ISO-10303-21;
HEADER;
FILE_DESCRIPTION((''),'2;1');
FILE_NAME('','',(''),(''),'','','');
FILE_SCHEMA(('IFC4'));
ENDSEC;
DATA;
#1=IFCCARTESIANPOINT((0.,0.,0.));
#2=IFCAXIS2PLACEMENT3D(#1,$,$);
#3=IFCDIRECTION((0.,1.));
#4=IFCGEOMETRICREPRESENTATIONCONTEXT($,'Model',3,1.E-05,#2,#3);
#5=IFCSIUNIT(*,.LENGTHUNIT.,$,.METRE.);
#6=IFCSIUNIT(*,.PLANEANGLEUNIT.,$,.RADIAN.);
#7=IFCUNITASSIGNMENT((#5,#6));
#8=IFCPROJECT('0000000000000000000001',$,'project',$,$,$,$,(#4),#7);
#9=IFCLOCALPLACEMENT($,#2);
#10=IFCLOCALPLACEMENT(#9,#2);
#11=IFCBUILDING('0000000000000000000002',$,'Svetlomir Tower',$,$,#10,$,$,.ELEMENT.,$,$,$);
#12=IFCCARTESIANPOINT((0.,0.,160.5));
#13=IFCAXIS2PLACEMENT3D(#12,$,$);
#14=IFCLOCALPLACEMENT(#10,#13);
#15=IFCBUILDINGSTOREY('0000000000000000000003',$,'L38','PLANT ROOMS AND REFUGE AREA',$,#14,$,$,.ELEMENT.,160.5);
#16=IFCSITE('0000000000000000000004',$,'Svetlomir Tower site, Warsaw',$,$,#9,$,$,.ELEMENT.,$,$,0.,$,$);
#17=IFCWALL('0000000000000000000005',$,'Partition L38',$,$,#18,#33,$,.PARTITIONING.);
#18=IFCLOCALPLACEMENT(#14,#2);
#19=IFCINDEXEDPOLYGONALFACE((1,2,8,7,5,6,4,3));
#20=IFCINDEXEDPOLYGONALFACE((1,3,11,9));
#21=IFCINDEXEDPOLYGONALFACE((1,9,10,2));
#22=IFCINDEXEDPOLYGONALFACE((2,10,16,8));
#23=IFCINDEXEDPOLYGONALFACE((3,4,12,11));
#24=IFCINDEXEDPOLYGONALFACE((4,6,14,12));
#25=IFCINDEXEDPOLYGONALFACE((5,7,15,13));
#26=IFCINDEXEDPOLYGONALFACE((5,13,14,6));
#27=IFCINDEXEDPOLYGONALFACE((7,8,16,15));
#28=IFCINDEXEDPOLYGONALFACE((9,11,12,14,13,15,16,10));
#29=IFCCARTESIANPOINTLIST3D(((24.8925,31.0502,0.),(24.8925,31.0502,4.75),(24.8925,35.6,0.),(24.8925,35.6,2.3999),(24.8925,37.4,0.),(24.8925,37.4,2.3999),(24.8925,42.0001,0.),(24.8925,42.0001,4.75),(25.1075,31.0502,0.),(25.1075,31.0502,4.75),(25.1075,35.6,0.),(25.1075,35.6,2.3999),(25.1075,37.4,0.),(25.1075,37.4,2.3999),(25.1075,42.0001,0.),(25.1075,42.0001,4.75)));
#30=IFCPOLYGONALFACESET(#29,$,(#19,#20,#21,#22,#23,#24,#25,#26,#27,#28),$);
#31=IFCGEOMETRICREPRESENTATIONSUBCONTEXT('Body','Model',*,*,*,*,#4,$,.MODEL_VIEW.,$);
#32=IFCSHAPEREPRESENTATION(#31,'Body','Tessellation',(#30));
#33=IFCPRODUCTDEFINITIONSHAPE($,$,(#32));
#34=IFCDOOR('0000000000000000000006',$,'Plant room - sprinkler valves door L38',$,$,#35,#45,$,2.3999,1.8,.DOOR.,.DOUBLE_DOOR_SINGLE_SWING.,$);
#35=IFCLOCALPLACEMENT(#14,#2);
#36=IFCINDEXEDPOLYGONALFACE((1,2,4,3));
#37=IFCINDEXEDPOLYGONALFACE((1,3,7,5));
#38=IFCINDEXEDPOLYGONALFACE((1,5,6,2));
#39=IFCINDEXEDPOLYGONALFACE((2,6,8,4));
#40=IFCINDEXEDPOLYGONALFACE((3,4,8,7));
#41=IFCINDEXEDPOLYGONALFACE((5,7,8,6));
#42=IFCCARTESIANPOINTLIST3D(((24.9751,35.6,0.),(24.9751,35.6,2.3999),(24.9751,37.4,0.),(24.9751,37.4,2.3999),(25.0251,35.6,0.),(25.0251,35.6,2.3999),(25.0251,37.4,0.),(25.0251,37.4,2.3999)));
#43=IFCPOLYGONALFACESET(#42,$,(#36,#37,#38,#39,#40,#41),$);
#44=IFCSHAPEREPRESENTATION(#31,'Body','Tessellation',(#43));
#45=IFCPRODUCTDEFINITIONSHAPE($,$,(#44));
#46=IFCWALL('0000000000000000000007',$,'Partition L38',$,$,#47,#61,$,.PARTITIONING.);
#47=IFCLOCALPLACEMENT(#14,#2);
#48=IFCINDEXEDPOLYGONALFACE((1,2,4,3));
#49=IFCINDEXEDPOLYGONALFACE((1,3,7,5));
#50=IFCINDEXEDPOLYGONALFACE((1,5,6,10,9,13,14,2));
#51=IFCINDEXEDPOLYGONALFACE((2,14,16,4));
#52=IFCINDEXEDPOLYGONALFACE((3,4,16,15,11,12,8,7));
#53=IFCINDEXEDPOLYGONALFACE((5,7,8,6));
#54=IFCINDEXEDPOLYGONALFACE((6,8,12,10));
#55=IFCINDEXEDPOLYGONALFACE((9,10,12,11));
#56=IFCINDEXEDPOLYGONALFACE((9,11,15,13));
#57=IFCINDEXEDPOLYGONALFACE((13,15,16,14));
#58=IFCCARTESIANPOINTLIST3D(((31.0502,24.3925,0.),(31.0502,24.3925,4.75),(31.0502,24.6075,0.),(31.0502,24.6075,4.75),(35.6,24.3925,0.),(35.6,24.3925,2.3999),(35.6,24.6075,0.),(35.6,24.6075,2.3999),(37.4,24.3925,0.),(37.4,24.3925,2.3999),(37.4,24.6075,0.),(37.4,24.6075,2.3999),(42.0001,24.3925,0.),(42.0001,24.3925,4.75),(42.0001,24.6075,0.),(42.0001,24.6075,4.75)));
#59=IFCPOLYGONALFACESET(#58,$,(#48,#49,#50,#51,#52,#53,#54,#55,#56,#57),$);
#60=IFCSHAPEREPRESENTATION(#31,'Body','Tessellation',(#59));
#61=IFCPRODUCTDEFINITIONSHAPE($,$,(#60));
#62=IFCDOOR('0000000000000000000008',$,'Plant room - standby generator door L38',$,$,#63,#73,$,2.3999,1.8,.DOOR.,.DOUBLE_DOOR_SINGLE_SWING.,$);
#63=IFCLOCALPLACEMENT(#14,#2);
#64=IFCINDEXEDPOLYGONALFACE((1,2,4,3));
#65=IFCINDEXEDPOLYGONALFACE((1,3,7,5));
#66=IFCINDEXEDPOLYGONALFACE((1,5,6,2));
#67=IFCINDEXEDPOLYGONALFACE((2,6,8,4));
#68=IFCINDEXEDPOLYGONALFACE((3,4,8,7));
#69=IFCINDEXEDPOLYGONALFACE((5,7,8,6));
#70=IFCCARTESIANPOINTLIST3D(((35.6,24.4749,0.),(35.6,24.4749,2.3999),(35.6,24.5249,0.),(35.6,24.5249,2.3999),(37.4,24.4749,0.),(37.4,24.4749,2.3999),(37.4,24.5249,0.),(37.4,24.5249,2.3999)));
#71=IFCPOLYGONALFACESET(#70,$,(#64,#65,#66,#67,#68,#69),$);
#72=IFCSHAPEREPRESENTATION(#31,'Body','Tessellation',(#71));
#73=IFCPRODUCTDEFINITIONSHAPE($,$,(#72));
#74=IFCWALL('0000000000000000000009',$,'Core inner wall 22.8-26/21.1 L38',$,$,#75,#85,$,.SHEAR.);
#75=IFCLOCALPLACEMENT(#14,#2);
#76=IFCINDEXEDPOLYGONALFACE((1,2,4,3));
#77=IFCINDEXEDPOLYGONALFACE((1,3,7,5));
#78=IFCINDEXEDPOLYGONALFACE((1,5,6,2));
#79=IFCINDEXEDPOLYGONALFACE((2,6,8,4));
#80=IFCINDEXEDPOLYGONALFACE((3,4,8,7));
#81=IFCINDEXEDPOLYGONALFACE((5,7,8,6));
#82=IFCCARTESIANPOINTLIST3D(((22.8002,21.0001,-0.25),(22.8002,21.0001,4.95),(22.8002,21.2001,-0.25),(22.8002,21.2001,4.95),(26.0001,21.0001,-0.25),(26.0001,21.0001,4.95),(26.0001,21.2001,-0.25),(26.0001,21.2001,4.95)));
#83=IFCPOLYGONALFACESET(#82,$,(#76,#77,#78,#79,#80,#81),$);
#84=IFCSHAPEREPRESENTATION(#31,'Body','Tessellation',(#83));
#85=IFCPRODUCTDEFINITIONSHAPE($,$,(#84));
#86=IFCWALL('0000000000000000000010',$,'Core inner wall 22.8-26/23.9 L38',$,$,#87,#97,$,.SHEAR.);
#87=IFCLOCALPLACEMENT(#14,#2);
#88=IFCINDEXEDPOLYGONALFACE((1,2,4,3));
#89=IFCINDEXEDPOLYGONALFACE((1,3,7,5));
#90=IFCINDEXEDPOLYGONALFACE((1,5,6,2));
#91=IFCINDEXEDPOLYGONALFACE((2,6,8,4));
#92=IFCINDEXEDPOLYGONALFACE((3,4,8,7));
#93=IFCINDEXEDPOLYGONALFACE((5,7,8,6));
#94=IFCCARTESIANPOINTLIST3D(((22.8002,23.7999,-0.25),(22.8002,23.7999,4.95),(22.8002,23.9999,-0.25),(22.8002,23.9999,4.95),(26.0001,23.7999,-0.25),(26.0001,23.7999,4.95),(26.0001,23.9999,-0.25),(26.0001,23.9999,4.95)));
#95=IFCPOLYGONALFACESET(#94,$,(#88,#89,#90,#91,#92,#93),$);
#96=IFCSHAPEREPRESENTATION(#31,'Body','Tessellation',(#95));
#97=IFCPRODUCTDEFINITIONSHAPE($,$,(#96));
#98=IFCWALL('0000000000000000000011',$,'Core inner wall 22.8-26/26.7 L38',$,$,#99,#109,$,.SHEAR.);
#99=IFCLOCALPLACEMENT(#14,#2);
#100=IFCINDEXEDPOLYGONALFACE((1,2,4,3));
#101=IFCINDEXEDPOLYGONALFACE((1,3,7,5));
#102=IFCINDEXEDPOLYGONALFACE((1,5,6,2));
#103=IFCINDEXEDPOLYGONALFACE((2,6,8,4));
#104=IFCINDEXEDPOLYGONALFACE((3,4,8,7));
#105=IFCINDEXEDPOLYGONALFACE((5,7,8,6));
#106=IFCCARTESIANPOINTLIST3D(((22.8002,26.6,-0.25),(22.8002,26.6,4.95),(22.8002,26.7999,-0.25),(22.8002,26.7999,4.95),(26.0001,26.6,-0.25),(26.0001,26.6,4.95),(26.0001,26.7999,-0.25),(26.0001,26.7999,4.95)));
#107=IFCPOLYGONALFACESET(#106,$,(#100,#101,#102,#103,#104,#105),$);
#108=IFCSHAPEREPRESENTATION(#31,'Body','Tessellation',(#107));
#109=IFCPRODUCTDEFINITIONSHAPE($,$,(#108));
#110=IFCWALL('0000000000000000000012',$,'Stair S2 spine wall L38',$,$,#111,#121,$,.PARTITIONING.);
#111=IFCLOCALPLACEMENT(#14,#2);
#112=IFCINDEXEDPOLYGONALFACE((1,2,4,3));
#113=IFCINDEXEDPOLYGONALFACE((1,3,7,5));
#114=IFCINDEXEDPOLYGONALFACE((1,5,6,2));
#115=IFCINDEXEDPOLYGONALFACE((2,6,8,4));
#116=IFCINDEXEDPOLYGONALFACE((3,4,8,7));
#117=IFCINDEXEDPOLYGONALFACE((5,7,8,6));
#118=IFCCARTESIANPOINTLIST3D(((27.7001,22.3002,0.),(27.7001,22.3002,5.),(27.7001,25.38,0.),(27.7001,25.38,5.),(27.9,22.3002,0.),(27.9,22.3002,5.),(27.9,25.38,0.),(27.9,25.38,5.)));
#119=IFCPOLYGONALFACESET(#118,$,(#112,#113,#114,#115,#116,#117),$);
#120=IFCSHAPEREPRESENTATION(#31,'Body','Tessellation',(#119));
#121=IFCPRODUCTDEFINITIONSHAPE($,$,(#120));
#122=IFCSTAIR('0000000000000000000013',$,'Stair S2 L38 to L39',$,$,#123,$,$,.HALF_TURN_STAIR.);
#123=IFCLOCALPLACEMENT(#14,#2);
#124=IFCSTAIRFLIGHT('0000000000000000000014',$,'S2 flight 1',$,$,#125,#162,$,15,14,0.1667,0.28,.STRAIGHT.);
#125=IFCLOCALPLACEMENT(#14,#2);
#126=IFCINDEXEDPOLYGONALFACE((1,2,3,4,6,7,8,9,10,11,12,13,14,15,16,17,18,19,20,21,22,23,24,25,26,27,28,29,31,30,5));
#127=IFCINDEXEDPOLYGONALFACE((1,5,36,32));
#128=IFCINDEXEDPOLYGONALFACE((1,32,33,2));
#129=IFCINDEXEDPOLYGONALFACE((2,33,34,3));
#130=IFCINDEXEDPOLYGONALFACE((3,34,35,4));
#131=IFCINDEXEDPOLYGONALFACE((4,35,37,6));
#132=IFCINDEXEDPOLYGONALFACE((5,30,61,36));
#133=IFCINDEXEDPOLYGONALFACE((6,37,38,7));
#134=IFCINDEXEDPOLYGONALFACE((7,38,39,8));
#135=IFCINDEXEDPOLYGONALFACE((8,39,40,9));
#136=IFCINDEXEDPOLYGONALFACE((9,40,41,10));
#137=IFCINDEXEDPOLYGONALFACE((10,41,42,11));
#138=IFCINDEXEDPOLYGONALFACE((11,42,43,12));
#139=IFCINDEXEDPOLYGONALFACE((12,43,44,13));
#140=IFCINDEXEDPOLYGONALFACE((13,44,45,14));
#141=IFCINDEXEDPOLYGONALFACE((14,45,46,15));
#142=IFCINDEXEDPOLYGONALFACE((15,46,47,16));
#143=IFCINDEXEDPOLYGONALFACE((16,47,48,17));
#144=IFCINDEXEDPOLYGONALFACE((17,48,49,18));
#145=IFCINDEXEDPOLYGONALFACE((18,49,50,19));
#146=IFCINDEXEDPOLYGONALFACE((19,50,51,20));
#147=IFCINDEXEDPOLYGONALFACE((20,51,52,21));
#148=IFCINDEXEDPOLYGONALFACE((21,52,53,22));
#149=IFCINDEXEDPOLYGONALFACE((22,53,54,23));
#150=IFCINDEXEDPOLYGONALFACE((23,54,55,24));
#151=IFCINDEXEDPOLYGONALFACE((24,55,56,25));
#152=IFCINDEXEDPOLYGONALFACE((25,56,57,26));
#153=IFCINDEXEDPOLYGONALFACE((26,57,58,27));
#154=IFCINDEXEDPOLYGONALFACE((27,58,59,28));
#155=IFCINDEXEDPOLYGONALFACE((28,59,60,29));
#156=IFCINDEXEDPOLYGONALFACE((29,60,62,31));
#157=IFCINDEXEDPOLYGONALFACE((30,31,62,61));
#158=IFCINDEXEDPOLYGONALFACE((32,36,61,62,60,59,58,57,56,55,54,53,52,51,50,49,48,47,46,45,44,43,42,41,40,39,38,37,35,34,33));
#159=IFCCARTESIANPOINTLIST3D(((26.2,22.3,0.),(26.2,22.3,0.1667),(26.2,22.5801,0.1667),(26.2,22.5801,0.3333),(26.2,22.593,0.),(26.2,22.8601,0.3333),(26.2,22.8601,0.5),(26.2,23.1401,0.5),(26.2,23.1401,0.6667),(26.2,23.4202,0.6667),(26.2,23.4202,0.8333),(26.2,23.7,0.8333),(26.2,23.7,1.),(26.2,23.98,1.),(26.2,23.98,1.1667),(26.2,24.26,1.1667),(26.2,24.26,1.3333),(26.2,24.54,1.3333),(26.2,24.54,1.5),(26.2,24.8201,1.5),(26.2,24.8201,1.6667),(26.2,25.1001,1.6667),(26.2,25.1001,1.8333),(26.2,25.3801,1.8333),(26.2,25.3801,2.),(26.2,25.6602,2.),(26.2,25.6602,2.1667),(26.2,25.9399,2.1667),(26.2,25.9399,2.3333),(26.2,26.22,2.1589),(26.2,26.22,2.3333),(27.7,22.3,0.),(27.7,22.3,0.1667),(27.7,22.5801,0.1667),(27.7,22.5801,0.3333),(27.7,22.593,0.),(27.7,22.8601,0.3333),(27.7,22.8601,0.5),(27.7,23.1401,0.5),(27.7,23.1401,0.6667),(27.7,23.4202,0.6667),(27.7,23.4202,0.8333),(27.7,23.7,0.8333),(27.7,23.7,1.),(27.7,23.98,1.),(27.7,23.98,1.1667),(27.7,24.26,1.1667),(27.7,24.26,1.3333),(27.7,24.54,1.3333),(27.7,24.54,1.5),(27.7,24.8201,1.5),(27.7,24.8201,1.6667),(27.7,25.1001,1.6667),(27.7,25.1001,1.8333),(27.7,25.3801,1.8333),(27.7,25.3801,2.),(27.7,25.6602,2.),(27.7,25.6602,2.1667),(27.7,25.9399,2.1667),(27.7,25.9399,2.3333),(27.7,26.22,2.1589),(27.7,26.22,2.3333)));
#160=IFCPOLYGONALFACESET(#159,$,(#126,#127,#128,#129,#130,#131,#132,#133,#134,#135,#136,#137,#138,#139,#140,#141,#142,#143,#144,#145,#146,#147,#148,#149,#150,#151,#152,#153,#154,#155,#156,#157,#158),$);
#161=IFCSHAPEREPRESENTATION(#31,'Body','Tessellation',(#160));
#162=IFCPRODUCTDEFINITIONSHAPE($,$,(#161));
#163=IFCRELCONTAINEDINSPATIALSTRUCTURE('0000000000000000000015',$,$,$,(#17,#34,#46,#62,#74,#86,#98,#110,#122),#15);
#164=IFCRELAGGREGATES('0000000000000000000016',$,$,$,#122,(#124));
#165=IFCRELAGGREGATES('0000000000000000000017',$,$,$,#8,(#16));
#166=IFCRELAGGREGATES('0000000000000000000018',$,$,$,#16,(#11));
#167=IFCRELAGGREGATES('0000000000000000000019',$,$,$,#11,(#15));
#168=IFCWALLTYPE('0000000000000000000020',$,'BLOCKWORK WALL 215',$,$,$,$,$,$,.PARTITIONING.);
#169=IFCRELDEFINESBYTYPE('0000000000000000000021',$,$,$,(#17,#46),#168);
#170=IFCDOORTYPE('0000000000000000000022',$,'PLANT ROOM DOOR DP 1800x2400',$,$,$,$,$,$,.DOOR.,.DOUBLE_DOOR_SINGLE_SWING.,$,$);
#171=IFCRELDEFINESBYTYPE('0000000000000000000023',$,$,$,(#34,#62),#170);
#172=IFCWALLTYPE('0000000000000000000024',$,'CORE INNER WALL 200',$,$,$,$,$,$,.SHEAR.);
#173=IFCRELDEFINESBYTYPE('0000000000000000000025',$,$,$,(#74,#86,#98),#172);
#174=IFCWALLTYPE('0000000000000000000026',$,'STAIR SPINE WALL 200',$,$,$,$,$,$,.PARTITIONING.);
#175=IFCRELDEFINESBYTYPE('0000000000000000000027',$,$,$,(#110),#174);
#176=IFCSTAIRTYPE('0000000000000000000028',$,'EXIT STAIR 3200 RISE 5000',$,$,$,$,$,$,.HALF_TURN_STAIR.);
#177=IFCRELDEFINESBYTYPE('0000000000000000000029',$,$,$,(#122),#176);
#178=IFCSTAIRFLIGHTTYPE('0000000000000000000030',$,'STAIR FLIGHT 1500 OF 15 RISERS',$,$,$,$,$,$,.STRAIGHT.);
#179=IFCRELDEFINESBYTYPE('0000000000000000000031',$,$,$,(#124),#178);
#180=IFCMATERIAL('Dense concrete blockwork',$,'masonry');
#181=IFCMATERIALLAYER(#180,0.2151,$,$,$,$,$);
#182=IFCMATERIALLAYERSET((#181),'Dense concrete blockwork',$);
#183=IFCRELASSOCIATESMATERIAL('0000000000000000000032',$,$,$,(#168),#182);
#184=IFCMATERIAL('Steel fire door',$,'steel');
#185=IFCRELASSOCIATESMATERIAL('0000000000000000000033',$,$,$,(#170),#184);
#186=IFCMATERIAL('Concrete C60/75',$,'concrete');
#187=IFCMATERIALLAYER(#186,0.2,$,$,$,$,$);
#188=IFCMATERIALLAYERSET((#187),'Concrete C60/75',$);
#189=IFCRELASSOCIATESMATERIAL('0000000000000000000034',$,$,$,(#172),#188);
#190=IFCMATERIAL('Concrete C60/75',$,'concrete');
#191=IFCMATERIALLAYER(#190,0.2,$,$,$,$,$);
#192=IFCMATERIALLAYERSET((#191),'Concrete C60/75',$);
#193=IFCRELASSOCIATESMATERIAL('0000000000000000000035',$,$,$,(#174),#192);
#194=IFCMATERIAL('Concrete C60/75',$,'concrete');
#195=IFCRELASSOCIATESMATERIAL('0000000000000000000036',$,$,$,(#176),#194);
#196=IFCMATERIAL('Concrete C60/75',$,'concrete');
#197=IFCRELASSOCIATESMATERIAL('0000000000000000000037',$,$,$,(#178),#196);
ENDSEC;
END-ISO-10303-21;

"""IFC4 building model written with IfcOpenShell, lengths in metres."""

from ifc_helpers import new_model, si_unit, direction, frame, frame_2d, origin, place, context, subcontext, project, spatial, polyline, rectangle, outline, extrude, material, layer, layer_set, type_object, element, fill, aggregate, save


model = new_model("IFC4")

# Units and contexts
model_context = context("Model", 3, precision=1e-05, world=origin(), true_north=direction((0.0, 1.0)))
body_context = subcontext(model_context, "Body", "Model", "MODEL_VIEW")
ifc_project = project(units=[si_unit("LENGTHUNIT", "METRE"), si_unit("PLANEANGLEUNIT", "RADIAN")], contexts=[model_context])

# Site, building, storey
site_placement = place(None, origin())
site = spatial("IfcSite", under=ifc_project, at=site_placement, Name="Svetlomir Tower site, Warsaw", CompositionType="ELEMENT", RefElevation=0.0)
building_placement = place(site_placement, origin())
building = spatial("IfcBuilding", under=site, at=building_placement, Name="Svetlomir Tower", CompositionType="ELEMENT")
storey_placement = place(building_placement, frame((0.0, 0.0, 160.5)))
storey = spatial("IfcBuildingStorey", under=building, at=storey_placement, Name="L38", Description="PLANT ROOMS AND REFUGE AREA", CompositionType="ELEMENT", Elevation=160.5)

# Walls, openings, doors
ifc_material_1 = material(Name="Dense concrete blockwork", Category="masonry")
ifc_layer_1 = layer(ifc_material_1, 0.2151)
ifc_layer_set_1 = layer_set([ifc_layer_1], Name="Dense concrete blockwork")
wall_type_1 = type_object("IfcWallType", Name="BLOCKWORK WALL 215", PredefinedType="PARTITIONING", material=ifc_layer_set_1)
wall_1_placement = place(storey_placement, frame((25.0, 31.05, 0.0), z_axis=(0.0, 0.0, 1.0), x_axis=(0.0, 1.0, 0.0)))
wall_1 = element("IfcWall", 1, at=wall_1_placement, inside=storey, type_object=wall_type_1, Name="Partition L38", PredefinedType="PARTITIONING", context=body_context, shape_type="SweptSolid", body=[
    extrude(rectangle(XDim=10.95, YDim=0.2151, at=frame_2d((5.4751, 0.0))), origin(), (0.0, 0.0, 1.0), 4.75),
])
opening_1_placement = place(wall_1_placement, frame((4.55, 0.0, 0.0)))
opening_1 = element("IfcOpeningElement", 2, at=opening_1_placement, cuts=wall_1, PredefinedType="OPENING", context=body_context, shape_type="SweptSolid", body=[
    extrude(rectangle(XDim=1.8, YDim=2.3999, at=frame_2d((0.8999, 1.2))), frame((0.0, 0.1177, 0.0), z_axis=(0.0, -1.0, 0.0), x_axis=(1.0, 0.0, 0.0)), (0.0, 0.0, 1.0), 0.2351),
])
ifc_material_2 = material(Name="Steel fire door", Category="steel")
door_type = type_object("IfcDoorType", Name="PLANT ROOM DOOR DP 1800x2400", OperationType="DOUBLE_DOOR_SINGLE_SWING", PredefinedType="DOOR", material=ifc_material_2)
door_1_placement = place(opening_1_placement, origin())
door_1 = element("IfcDoor", 3, at=door_1_placement, inside=storey, type_object=door_type, Name="Plant room - sprinkler valves door L38", OperationType="DOUBLE_DOOR_SINGLE_SWING", OverallHeight=2.3999, OverallWidth=1.8, PredefinedType="DOOR", context=body_context, shape_type="SweptSolid", body=[
    extrude(rectangle(XDim=1.8, YDim=2.3999, at=frame_2d((0.8999, 1.2))), frame((0.0, 0.0249, 0.0), z_axis=(0.0, -1.0, 0.0), x_axis=(1.0, 0.0, 0.0)), (0.0, 0.0, 1.0), 0.05),
])
fill(opening_1, door_1)
wall_2_placement = place(storey_placement, frame((31.05, 24.5, 0.0), z_axis=(0.0, 0.0, 1.0), x_axis=(1.0, 0.0, 0.0)))
wall_2 = element("IfcWall", 4, at=wall_2_placement, inside=storey, type_object=wall_type_1, Name="Partition L38", PredefinedType="PARTITIONING", context=body_context, shape_type="SweptSolid", body=[
    extrude(rectangle(XDim=10.95, YDim=0.2151, at=frame_2d((5.4751, 0.0))), origin(), (0.0, 0.0, 1.0), 4.75),
])
opening_2_placement = place(wall_2_placement, frame((4.55, 0.0, 0.0)))
opening_2 = element("IfcOpeningElement", 5, at=opening_2_placement, cuts=wall_2, PredefinedType="OPENING", context=body_context, shape_type="SweptSolid", body=[
    extrude(rectangle(XDim=1.8, YDim=2.3999, at=frame_2d((0.8999, 1.2))), frame((0.0, 0.1177, 0.0), z_axis=(0.0, -1.0, 0.0), x_axis=(1.0, 0.0, 0.0)), (0.0, 0.0, 1.0), 0.2351),
])
door_2_placement = place(opening_2_placement, origin())
door_2 = element("IfcDoor", 6, at=door_2_placement, inside=storey, type_object=door_type, Name="Plant room - standby generator door L38", OperationType="DOUBLE_DOOR_SINGLE_SWING", OverallHeight=2.3999, OverallWidth=1.8, PredefinedType="DOOR", context=body_context, shape_type="SweptSolid", body=[
    extrude(rectangle(XDim=1.8, YDim=2.3999, at=frame_2d((0.8999, 1.2))), frame((0.0, 0.0249, 0.0), z_axis=(0.0, -1.0, 0.0), x_axis=(1.0, 0.0, 0.0)), (0.0, 0.0, 1.0), 0.05),
])
fill(opening_2, door_2)

# Walls
ifc_material_3 = material(Name="Concrete C60/75", Category="concrete")
ifc_layer_2 = layer(ifc_material_3, 0.2)
ifc_layer_set_2 = layer_set([ifc_layer_2], Name="Concrete C60/75")
wall_type_2 = type_object("IfcWallType", Name="CORE INNER WALL 200", PredefinedType="SHEAR", material=ifc_layer_set_2)
for number, where, z_axis, x_axis, name in (
    (7, (22.8, 21.1001, -0.25), (0.0, 0.0, 1.0), (1.0, 0.0, 0.0), "Core inner wall 22.8-26/21.1 L38"),
    (8, (22.8, 23.8999, -0.25), (0.0, 0.0, 1.0), (1.0, 0.0, 0.0), "Core inner wall 22.8-26/23.9 L38"),
    (9, (22.8, 26.7, -0.25), (0.0, 0.0, 1.0), (1.0, 0.0, 0.0), "Core inner wall 22.8-26/26.7 L38"),
):
    element("IfcWall", number, at=place(storey_placement, frame(where, z_axis=z_axis, x_axis=x_axis)), inside=storey, type_object=wall_type_2, Name=name, PredefinedType="SHEAR", context=body_context, shape_type="SweptSolid", body=[
        extrude(rectangle(XDim=3.2, YDim=0.2, at=frame_2d((1.6001, 0.0))), origin(), (0.0, 0.0, 1.0), 5.2),
    ])
ifc_material_4 = material(Name="Concrete C60/75", Category="concrete")
ifc_layer_3 = layer(ifc_material_4, 0.2)
ifc_layer_set_3 = layer_set([ifc_layer_3], Name="Concrete C60/75")
wall_type_3 = type_object("IfcWallType", Name="STAIR SPINE WALL 200", PredefinedType="PARTITIONING", material=ifc_layer_set_3)
wall_3_placement = place(storey_placement, frame((27.8, 22.3, 0.0), z_axis=(0.0, 0.0, 1.0), x_axis=(0.0, 1.0, 0.0)))
element("IfcWall", 10, at=wall_3_placement, inside=storey, type_object=wall_type_3, Name="Stair S2 spine wall L38", PredefinedType="PARTITIONING", context=body_context, shape_type="SweptSolid", body=[
    extrude(rectangle(XDim=3.0798, YDim=0.2, at=frame_2d((1.54, 0.0))), origin(), (0.0, 0.0, 1.0), 5.0),
])

# Stair, stair flight
ifc_material_5 = material(Name="Concrete C60/75", Category="concrete")
stair_type = type_object("IfcStairType", Name="EXIT STAIR 3200 RISE 5000", PredefinedType="HALF_TURN_STAIR", material=ifc_material_5)
stair_placement = place(storey_placement, origin())
stair = element("IfcStair", 11, at=stair_placement, inside=storey, type_object=stair_type, Name="Stair S2 L38 to L39", PredefinedType="HALF_TURN_STAIR")
ifc_material_6 = material(Name="Concrete C60/75", Category="concrete")
stair_flight_type = type_object("IfcStairFlightType", Name="STAIR FLIGHT 1500 OF 15 RISERS", PredefinedType="STRAIGHT", material=ifc_material_6)
stair_flight_1_placement = place(storey_placement, frame((26.95, 22.3, 0.0), z_axis=(0.0, 0.0, 1.0), x_axis=(0.0, 1.0, 0.0)))
stair_flight_1 = element("IfcStairFlight", 12, at=stair_flight_1_placement, type_object=stair_flight_type, Name="S2 flight 1", NumberOfRisers=15, NumberOfTreads=14, PredefinedType="STRAIGHT", RiserHeight=0.1667, TreadLength=0.28, context=body_context, shape_type="SweptSolid", body=[
    extrude(outline(polyline([(0.0, 0.0), (0.0, 0.1667), (0.28, 0.1667), (0.28, 0.3333), (0.5601, 0.3333), (0.5601, 0.5), (0.8401, 0.5), (0.8401, 0.6667), (1.1201, 0.6667), (1.1201, 0.8333), (1.3999, 0.8333), (1.3999, 1.0), (1.6799, 1.0), (1.6799, 1.1667), (1.96, 1.1667), (1.96, 1.3333), (2.24, 1.3333), (2.24, 1.5), (2.52, 1.5), (2.52, 1.6667), (2.8, 1.6667), (2.8, 1.8333), (3.0801, 1.8333), (3.0801, 2.0), (3.3601, 2.0), (3.3601, 2.1667), (3.6399, 2.1667), (3.6399, 2.3333), (3.9199, 2.3333), (3.9199, 2.5), (3.9199, 2.1589), (0.293, 0.0), (0.0, 0.0)])), frame((0.0, 0.75, 0.0), z_axis=(0.0, -1.0, 0.0), x_axis=(1.0, 0.0, 0.0)), (0.0, 0.0, 1.0), 1.5),
])
aggregate(stair, [stair_flight_1])

save(model, "model.ifc")
